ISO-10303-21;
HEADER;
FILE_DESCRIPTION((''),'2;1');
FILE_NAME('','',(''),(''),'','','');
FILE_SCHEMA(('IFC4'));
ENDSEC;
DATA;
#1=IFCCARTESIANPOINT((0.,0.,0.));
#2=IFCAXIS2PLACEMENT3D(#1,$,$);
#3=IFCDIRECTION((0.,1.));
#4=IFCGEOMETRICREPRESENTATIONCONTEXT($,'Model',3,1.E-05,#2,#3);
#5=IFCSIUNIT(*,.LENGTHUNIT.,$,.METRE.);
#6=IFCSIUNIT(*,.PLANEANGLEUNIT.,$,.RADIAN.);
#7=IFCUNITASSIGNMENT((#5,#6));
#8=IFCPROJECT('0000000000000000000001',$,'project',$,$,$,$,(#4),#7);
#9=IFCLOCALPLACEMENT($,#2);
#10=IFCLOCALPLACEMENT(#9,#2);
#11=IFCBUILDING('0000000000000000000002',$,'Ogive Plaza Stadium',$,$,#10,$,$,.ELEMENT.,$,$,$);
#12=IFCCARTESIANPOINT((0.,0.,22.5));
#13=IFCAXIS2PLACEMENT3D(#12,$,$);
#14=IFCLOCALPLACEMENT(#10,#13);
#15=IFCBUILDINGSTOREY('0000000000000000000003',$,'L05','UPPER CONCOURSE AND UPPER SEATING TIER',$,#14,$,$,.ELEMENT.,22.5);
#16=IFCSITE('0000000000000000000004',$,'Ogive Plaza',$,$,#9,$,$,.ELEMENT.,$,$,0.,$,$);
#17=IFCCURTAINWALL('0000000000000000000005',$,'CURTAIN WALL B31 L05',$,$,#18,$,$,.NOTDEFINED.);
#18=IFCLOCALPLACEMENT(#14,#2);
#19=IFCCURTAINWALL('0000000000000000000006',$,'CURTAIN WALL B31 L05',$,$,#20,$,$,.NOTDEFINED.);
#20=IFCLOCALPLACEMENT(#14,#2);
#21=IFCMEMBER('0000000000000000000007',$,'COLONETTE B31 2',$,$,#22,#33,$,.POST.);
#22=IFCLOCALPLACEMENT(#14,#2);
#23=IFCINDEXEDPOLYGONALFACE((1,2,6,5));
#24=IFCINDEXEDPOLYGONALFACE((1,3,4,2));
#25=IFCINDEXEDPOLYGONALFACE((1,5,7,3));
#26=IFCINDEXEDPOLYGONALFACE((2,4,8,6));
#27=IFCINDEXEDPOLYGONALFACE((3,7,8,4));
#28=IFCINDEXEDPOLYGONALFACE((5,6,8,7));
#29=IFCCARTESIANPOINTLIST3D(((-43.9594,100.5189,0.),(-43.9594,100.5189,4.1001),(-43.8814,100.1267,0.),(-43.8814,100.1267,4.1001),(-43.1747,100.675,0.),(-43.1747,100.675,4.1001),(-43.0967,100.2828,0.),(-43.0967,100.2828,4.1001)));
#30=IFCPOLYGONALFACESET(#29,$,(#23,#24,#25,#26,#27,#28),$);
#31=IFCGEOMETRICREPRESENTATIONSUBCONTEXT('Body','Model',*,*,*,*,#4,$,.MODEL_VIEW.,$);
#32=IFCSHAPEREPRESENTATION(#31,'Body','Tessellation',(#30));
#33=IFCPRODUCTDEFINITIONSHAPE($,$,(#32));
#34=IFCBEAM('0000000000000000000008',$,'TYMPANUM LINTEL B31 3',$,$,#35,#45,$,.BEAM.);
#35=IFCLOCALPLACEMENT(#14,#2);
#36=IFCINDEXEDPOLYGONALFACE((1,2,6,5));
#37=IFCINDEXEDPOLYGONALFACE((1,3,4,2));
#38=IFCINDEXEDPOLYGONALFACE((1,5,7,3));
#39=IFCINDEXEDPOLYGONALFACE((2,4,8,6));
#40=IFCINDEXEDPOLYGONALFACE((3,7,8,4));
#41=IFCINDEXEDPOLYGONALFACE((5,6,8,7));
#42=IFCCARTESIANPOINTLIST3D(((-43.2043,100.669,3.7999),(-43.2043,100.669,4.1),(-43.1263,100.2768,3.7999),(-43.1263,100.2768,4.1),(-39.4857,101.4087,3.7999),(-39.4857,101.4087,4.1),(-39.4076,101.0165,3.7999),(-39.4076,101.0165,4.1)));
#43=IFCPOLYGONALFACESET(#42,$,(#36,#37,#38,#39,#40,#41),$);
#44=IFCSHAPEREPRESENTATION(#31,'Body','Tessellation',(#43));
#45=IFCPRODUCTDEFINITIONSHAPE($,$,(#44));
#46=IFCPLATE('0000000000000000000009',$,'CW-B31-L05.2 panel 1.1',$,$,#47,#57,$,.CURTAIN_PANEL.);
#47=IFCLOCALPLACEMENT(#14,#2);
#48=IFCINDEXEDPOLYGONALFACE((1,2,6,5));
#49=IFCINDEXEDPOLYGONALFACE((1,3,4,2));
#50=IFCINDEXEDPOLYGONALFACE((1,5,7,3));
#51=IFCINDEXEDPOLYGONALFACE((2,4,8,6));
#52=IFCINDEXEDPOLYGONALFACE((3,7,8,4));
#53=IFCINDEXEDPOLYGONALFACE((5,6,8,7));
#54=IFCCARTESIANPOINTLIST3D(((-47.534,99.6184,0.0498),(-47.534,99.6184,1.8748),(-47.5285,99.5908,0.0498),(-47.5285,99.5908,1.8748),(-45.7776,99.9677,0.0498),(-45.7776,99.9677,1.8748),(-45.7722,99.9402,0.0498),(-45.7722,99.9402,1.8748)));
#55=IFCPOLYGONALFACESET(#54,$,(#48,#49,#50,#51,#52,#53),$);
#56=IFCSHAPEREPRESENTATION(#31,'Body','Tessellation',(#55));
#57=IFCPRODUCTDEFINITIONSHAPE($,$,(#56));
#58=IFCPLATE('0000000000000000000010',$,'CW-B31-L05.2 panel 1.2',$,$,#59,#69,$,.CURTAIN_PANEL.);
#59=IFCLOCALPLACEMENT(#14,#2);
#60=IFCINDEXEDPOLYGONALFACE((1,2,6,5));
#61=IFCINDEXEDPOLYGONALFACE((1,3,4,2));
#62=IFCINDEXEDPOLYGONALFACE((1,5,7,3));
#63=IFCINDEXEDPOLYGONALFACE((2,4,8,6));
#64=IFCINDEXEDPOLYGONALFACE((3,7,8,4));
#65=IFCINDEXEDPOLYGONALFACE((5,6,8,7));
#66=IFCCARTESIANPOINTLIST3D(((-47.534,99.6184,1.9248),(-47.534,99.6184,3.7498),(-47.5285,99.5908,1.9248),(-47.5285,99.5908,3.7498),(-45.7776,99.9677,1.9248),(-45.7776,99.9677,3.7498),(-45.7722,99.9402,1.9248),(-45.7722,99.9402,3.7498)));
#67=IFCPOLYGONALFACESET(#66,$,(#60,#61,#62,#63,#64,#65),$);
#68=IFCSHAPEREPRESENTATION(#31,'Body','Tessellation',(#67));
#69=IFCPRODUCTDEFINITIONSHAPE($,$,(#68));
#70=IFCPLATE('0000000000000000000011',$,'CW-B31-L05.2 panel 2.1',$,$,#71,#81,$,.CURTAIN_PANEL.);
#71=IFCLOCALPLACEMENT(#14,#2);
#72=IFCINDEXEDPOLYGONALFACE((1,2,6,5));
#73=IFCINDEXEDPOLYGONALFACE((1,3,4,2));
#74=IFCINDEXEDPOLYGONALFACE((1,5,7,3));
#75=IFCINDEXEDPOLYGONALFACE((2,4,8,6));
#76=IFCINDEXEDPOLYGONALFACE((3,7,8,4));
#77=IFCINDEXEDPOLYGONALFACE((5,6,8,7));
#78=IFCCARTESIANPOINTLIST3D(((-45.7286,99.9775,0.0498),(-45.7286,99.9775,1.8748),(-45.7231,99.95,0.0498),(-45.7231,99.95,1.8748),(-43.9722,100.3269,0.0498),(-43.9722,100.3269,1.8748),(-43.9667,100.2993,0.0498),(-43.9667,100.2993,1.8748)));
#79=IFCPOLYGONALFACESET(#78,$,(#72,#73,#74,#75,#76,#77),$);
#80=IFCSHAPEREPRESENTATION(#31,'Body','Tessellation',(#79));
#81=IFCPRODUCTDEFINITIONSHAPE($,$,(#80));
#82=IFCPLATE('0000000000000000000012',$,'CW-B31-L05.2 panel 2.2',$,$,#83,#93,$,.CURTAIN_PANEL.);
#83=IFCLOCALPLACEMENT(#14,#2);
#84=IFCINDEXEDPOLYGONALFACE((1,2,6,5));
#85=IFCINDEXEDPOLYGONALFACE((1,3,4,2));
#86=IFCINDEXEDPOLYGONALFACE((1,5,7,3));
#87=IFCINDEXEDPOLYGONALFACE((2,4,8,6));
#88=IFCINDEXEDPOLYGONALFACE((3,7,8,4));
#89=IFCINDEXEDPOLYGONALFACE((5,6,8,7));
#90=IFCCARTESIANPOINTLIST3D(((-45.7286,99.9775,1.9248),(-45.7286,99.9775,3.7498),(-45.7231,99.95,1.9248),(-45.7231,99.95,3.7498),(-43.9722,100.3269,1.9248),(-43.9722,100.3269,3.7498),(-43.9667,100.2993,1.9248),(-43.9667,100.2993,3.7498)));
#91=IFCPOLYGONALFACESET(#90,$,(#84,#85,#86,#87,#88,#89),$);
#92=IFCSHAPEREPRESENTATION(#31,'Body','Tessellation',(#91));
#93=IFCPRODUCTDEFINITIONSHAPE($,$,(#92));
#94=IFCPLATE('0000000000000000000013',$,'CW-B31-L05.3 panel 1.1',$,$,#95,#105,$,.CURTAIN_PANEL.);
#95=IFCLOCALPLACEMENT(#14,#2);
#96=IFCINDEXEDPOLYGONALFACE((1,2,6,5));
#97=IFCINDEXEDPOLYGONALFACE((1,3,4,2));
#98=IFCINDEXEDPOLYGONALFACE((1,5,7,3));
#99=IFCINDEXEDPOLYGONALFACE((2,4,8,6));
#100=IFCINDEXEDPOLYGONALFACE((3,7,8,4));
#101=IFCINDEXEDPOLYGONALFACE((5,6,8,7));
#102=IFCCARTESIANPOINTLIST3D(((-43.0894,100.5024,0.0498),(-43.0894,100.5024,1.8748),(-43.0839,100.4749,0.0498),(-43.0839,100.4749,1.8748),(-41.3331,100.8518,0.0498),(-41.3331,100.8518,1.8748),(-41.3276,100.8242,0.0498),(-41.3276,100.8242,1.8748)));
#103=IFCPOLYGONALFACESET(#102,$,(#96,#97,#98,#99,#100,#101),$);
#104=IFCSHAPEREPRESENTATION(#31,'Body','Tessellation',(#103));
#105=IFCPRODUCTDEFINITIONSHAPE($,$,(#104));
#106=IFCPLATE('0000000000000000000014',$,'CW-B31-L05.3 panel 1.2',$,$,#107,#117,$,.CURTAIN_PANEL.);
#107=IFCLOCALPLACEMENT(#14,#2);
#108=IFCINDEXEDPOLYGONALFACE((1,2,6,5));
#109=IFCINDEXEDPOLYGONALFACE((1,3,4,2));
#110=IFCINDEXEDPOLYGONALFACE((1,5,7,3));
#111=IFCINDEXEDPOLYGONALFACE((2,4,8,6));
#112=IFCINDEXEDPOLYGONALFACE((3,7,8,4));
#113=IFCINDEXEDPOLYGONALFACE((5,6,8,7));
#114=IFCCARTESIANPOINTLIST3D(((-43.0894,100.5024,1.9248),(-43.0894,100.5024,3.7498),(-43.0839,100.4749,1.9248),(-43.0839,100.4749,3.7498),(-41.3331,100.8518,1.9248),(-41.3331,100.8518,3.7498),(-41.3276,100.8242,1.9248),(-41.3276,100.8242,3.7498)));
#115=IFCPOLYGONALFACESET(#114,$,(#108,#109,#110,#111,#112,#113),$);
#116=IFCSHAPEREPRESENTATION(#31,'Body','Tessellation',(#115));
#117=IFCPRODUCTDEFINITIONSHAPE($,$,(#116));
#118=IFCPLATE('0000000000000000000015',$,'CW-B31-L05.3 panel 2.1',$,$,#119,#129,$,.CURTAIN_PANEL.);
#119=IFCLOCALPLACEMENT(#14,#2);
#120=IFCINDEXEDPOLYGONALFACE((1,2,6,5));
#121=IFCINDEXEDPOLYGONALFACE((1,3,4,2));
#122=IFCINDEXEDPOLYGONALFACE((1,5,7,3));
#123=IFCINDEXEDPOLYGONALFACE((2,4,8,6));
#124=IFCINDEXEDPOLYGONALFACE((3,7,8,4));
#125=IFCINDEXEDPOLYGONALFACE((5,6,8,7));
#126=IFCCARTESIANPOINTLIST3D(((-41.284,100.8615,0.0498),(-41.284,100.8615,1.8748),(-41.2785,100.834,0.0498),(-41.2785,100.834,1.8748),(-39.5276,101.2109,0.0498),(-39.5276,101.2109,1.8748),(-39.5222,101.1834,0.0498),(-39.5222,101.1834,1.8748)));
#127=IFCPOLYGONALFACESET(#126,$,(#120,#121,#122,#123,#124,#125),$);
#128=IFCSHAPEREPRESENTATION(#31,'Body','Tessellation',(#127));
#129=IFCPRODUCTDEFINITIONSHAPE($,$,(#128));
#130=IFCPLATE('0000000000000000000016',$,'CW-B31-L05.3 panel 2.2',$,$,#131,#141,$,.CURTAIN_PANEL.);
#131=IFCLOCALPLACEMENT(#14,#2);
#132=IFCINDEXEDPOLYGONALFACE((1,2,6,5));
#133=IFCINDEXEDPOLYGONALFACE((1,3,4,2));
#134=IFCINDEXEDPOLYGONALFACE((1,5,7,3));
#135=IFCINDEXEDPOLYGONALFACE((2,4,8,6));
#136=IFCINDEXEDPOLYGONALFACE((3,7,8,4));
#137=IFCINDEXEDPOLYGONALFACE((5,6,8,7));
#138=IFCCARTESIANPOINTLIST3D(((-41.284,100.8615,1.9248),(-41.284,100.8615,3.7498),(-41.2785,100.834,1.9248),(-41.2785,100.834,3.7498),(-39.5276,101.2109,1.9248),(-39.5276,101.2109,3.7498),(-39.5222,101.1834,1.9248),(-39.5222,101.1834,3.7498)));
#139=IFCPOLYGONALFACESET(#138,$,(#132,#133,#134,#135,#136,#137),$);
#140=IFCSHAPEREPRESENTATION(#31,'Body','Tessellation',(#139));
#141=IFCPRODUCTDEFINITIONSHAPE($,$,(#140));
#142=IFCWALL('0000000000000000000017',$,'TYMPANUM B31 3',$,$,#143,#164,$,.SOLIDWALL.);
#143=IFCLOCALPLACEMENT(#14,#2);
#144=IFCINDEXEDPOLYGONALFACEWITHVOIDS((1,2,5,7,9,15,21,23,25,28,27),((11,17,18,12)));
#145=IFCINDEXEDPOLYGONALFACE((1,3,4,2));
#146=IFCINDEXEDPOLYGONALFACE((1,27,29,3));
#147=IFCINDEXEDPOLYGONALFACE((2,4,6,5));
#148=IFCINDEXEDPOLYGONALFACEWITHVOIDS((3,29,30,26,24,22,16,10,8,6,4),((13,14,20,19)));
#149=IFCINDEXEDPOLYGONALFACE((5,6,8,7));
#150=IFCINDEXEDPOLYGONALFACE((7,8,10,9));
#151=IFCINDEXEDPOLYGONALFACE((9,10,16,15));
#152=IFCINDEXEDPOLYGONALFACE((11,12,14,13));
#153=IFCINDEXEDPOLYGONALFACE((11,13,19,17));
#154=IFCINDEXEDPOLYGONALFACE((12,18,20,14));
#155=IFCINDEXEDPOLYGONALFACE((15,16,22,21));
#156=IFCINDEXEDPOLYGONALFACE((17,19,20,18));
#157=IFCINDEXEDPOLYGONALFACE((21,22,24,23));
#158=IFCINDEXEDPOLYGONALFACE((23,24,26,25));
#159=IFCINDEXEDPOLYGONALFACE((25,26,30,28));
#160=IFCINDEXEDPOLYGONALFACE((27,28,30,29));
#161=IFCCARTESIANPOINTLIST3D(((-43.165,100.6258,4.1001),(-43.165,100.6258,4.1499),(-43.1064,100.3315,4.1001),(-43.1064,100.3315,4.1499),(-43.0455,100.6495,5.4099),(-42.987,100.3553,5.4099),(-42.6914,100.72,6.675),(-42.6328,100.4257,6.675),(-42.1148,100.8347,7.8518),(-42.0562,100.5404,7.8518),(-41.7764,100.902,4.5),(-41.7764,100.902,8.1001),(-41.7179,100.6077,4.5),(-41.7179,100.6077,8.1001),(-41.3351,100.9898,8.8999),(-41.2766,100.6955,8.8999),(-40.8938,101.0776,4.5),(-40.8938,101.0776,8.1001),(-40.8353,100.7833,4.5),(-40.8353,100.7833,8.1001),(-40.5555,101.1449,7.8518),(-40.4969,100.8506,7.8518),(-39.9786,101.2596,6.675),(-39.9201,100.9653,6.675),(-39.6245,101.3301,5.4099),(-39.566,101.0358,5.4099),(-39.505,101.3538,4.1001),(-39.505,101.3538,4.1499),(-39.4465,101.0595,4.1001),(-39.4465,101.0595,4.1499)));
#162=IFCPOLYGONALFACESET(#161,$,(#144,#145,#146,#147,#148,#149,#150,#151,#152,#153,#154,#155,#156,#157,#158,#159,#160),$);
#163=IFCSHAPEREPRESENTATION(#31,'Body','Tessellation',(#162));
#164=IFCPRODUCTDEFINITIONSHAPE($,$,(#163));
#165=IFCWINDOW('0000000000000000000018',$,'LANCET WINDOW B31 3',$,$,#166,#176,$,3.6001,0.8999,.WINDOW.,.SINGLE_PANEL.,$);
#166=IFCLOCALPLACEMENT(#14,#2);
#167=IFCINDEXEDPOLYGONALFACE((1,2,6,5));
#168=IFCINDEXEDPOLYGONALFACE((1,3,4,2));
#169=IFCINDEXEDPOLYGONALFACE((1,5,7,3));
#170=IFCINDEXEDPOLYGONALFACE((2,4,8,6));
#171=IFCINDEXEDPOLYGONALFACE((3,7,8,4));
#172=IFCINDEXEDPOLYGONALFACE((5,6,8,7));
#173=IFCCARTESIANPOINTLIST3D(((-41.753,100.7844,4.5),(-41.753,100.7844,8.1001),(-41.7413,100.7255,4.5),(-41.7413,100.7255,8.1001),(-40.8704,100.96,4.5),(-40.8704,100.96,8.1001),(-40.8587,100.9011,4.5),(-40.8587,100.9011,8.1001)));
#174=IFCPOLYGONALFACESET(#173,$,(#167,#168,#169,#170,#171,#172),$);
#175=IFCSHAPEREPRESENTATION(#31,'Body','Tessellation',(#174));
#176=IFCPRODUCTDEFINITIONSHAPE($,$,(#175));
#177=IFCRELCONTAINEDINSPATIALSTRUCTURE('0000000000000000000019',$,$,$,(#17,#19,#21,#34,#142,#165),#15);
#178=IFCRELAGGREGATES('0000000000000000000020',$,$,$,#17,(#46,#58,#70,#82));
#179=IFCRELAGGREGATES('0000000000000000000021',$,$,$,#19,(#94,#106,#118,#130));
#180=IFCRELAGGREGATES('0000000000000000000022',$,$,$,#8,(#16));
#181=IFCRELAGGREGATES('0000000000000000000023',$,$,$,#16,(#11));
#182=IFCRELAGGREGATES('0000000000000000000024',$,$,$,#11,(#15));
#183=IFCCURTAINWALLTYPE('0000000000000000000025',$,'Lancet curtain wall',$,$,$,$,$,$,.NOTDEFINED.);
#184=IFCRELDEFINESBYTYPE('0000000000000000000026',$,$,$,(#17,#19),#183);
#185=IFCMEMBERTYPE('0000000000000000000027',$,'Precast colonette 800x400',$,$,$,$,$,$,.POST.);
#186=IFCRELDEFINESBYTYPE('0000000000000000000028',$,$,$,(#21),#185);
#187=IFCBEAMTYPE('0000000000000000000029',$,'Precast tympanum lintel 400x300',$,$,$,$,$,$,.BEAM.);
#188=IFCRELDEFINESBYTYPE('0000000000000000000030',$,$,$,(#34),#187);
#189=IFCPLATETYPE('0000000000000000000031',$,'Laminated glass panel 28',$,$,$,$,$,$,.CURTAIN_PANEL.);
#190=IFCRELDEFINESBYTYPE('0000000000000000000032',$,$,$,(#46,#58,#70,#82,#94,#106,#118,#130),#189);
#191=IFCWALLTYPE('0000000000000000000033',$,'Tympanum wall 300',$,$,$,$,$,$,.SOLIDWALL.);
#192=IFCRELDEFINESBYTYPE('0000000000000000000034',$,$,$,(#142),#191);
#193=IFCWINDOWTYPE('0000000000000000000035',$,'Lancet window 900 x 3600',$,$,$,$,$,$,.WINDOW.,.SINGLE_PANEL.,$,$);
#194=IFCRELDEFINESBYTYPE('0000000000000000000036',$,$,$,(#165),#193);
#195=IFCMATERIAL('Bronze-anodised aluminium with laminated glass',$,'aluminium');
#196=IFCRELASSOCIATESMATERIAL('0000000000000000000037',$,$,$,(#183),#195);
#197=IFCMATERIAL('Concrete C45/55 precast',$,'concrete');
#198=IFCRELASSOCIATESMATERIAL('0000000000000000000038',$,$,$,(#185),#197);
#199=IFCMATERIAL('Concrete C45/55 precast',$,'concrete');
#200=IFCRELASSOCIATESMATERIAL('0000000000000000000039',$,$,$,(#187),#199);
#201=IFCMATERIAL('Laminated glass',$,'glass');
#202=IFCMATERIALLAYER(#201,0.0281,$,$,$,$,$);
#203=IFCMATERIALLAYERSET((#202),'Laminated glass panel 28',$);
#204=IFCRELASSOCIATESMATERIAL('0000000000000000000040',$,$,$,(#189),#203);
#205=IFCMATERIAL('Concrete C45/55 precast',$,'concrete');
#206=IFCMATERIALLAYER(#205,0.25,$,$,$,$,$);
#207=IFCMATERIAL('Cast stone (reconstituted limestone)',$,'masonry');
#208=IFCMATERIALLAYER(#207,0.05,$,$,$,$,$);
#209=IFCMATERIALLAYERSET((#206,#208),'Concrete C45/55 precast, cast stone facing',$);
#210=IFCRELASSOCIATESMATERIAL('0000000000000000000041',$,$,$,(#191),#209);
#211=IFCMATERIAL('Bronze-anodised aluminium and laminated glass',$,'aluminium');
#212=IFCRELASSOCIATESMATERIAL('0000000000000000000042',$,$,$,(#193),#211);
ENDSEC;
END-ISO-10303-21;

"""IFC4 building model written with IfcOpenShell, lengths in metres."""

from ifc_helpers import new_model, si_unit, direction, frame, frame_2d, origin, origin_2d, place, context, subcontext, project, spatial, polyline, rectangle, outline, extrude, material, layer, layer_set, material_profile, profile_set, type_object, element, fill, aggregate, save


model = new_model("IFC4")

# Units and contexts
model_context = context("Model", 3, precision=1e-05, world=origin(), true_north=direction((0.0, 1.0)))
body_context = subcontext(model_context, "Body", "Model", "MODEL_VIEW")
ifc_project = project(units=[si_unit("LENGTHUNIT", "METRE"), si_unit("PLANEANGLEUNIT", "RADIAN")], contexts=[model_context])

# Site, building, storey
site_placement = place(None, origin())
site = spatial("IfcSite", under=ifc_project, at=site_placement, Name="Ogive Plaza", CompositionType="ELEMENT", RefElevation=0.0)
building_placement = place(site_placement, origin())
building = spatial("IfcBuilding", under=site, at=building_placement, Name="Ogive Plaza Stadium", CompositionType="ELEMENT")
storey_placement = place(building_placement, frame((0.0, 0.0, 22.5)))
storey = spatial("IfcBuildingStorey", under=building, at=storey_placement, Name="L05", Description="UPPER CONCOURSE AND UPPER SEATING TIER", CompositionType="ELEMENT", Elevation=22.5)

# Curtain walls
ifc_material_1 = material(Name="Bronze-anodised aluminium with laminated glass", Category="aluminium")
curtain_wall_type = type_object("IfcCurtainWallType", Name="Lancet curtain wall", PredefinedType="NOTDEFINED", material=ifc_material_1)
curtain_wall_1_placement = place(storey_placement, origin())
curtain_wall_1 = element("IfcCurtainWall", 1, at=curtain_wall_1_placement, inside=storey, type_object=curtain_wall_type, Name="CURTAIN WALL B31 L05", PredefinedType="NOTDEFINED")
curtain_wall_2_placement = place(storey_placement, origin())
curtain_wall_2 = element("IfcCurtainWall", 2, at=curtain_wall_2_placement, inside=storey, type_object=curtain_wall_type, Name="CURTAIN WALL B31 L05", PredefinedType="NOTDEFINED")

# Member
ifc_material_2 = material(Name="Concrete C45/55 precast", Category="concrete")
ifc_material_profile_1 = material_profile(ifc_material_2, rectangle(XDim=0.3999, YDim=0.8, at=origin_2d()), Name="RC 400x800")
ifc_profile_set_1 = profile_set([ifc_material_profile_1], Name="Concrete C45/55 precast")
member_type_1 = type_object("IfcMemberType", Name="Precast colonette 800x400", PredefinedType="POST", material=ifc_profile_set_1)
member_1_placement = place(storey_placement, frame((-43.5281, 100.4009, 0.0), z_axis=(0.0, 0.0, 1.0), x_axis=(-0.19509, 0.980785, 0.0)))
element("IfcMember", 3, at=member_1_placement, inside=storey, type_object=member_type_1, Name="COLONETTE B31 2", PredefinedType="POST", context=body_context, shape_type="SweptSolid", body=[
    extrude(rectangle(XDim=0.3999, YDim=0.8, at=origin_2d()), origin(), (0.0, 0.0, 1.0), 4.1001),
])

# Beam
ifc_material_3 = material(Name="Concrete C45/55 precast", Category="concrete")
ifc_material_profile_2 = material_profile(ifc_material_3, rectangle(XDim=0.3999, YDim=0.3, at=origin_2d()), Name="RC 400x300")
ifc_profile_set_2 = profile_set([ifc_material_profile_2], Name="Concrete C45/55 precast")
beam_type = type_object("IfcBeamType", Name="Precast tympanum lintel 400x300", PredefinedType="BEAM", material=ifc_profile_set_2)
beam_placement = place(storey_placement, frame((-43.1653, 100.4729, 3.95), z_axis=(0.980783, 0.195101, 0.0), x_axis=(-0.195101, 0.980783, 0.0)))
element("IfcBeam", 4, at=beam_placement, inside=storey, type_object=beam_type, Name="TYMPANUM LINTEL B31 3", PredefinedType="BEAM", context=body_context, shape_type="SweptSolid", body=[
    extrude(rectangle(XDim=0.3999, YDim=0.3, at=origin_2d()), origin(), (0.0, 0.0, 1.0), 3.7915),
])

# Plates
ifc_material_4 = material(Name="Laminated glass", Category="glass")
ifc_layer_1 = layer(ifc_material_4, 0.0281)
ifc_layer_set_1 = layer_set([ifc_layer_1], Name="Laminated glass panel 28")
plate_type = type_object("IfcPlateType", Name="Laminated glass panel 28", PredefinedType="CURTAIN_PANEL", material=ifc_layer_set_1)
plate_1_placement = place(storey_placement, frame((-46.6531, 99.7793, 0.0498), z_axis=(0.0, 0.0, 1.0), x_axis=(0.980785, 0.19509, 0.0)))
plate_1 = element("IfcPlate", 5, at=plate_1_placement, type_object=plate_type, Name="CW-B31-L05.2 panel 1.1", PredefinedType="CURTAIN_PANEL", context=body_context, shape_type="SweptSolid", body=[
    extrude(rectangle(XDim=1.7908, YDim=0.0281, at=origin_2d()), origin(), (0.0, 0.0, 1.0), 1.825),
])
plate_2_placement = place(storey_placement, frame((-46.6531, 99.7793, 1.9248), z_axis=(0.0, 0.0, 1.0), x_axis=(0.980785, 0.19509, 0.0)))
plate_2 = element("IfcPlate", 6, at=plate_2_placement, type_object=plate_type, Name="CW-B31-L05.2 panel 1.2", PredefinedType="CURTAIN_PANEL", context=body_context, shape_type="SweptSolid", body=[
    extrude(rectangle(XDim=1.7908, YDim=0.0281, at=origin_2d()), origin(), (0.0, 0.0, 1.0), 1.825),
])
plate_3_placement = place(storey_placement, frame((-44.8477, 100.1384, 0.0498), z_axis=(0.0, 0.0, 1.0), x_axis=(0.980785, 0.19509, 0.0)))
plate_3 = element("IfcPlate", 7, at=plate_3_placement, type_object=plate_type, Name="CW-B31-L05.2 panel 2.1", PredefinedType="CURTAIN_PANEL", context=body_context, shape_type="SweptSolid", body=[
    extrude(rectangle(XDim=1.7908, YDim=0.0281, at=origin_2d()), origin(), (0.0, 0.0, 1.0), 1.825),
])
plate_4_placement = place(storey_placement, frame((-44.8477, 100.1384, 1.9248), z_axis=(0.0, 0.0, 1.0), x_axis=(0.980785, 0.19509, 0.0)))
plate_4 = element("IfcPlate", 8, at=plate_4_placement, type_object=plate_type, Name="CW-B31-L05.2 panel 2.2", PredefinedType="CURTAIN_PANEL", context=body_context, shape_type="SweptSolid", body=[
    extrude(rectangle(XDim=1.7908, YDim=0.0281, at=origin_2d()), origin(), (0.0, 0.0, 1.0), 1.825),
])
aggregate(curtain_wall_1, [plate_1, plate_2, plate_3, plate_4])
plate_5_placement = place(storey_placement, frame((-42.2085, 100.6633, 0.0498), z_axis=(0.0, 0.0, 1.0), x_axis=(0.980785, 0.19509, 0.0)))
plate_5 = element("IfcPlate", 9, at=plate_5_placement, type_object=plate_type, Name="CW-B31-L05.3 panel 1.1", PredefinedType="CURTAIN_PANEL", context=body_context, shape_type="SweptSolid", body=[
    extrude(rectangle(XDim=1.7908, YDim=0.0281, at=origin_2d()), origin(), (0.0, 0.0, 1.0), 1.825),
])
plate_6_placement = place(storey_placement, frame((-42.2085, 100.6633, 1.9248), z_axis=(0.0, 0.0, 1.0), x_axis=(0.980785, 0.19509, 0.0)))
plate_6 = element("IfcPlate", 10, at=plate_6_placement, type_object=plate_type, Name="CW-B31-L05.3 panel 1.2", PredefinedType="CURTAIN_PANEL", context=body_context, shape_type="SweptSolid", body=[
    extrude(rectangle(XDim=1.7908, YDim=0.0281, at=origin_2d()), origin(), (0.0, 0.0, 1.0), 1.825),
])
plate_7_placement = place(storey_placement, frame((-40.4031, 101.0225, 0.0498), z_axis=(0.0, 0.0, 1.0), x_axis=(0.980785, 0.19509, 0.0)))
plate_7 = element("IfcPlate", 11, at=plate_7_placement, type_object=plate_type, Name="CW-B31-L05.3 panel 2.1", PredefinedType="CURTAIN_PANEL", context=body_context, shape_type="SweptSolid", body=[
    extrude(rectangle(XDim=1.7908, YDim=0.0281, at=origin_2d()), origin(), (0.0, 0.0, 1.0), 1.825),
])
plate_8_placement = place(storey_placement, frame((-40.4031, 101.0225, 1.9248), z_axis=(0.0, 0.0, 1.0), x_axis=(0.980785, 0.19509, 0.0)))
plate_8 = element("IfcPlate", 12, at=plate_8_placement, type_object=plate_type, Name="CW-B31-L05.3 panel 2.2", PredefinedType="CURTAIN_PANEL", context=body_context, shape_type="SweptSolid", body=[
    extrude(rectangle(XDim=1.7908, YDim=0.0281, at=origin_2d()), origin(), (0.0, 0.0, 1.0), 1.825),
])
aggregate(curtain_wall_2, [plate_5, plate_6, plate_7, plate_8])

# Wall, opening, window
ifc_material_5 = material(Name="Concrete C45/55 precast", Category="concrete")
ifc_layer_2 = layer(ifc_material_5, 0.25)
ifc_material_6 = material(Name="Cast stone (reconstituted limestone)", Category="masonry")
ifc_layer_3 = layer(ifc_material_6, 0.05)
ifc_layer_set_2 = layer_set([ifc_layer_2, ifc_layer_3], Name="Concrete C45/55 precast, cast stone facing")
wall_type = type_object("IfcWallType", Name="Tympanum wall 300", PredefinedType="SOLIDWALL", material=ifc_layer_set_2)
wall_placement = place(storey_placement, frame((-43.1357, 100.4788, 4.1001), z_axis=(0.0, 0.0, 1.0), x_axis=(0.980784, 0.195097, 0.0)))
wall = element("IfcWall", 13, at=wall_placement, inside=storey, type_object=wall_type, Name="TYMPANUM B31 3", PredefinedType="SOLIDWALL", context=body_context, shape_type="SweptSolid", body=[
    extrude(outline(polyline([(0.0, 0.0), (3.7317, 0.0), (3.7317, 0.0498), (3.6099, 1.3098), (3.2488, 2.575), (2.6606, 3.7517), (1.8657, 4.7998), (1.0708, 3.7517), (0.4829, 2.575), (0.1218, 1.3098), (0.0, 0.0498), (0.0, 0.0)])), frame((0.0, 0.1499, 0.0), z_axis=(0.0, -1.0, 0.0), x_axis=(1.0, 0.0, 0.0)), (0.0, 0.0, 1.0), 0.3),
])
opening_placement = place(wall_placement, frame((1.4158, 0.0, 0.3999)))
opening = element("IfcOpeningElement", 14, at=opening_placement, cuts=wall, PredefinedType="OPENING", context=body_context, shape_type="SweptSolid", body=[
    extrude(rectangle(XDim=0.8999, YDim=3.6001, at=frame_2d((0.45, 1.8))), frame((0.0, 0.1602, 0.0), z_axis=(0.0, -1.0, 0.0), x_axis=(1.0, 0.0, 0.0)), (0.0, 0.0, 1.0), 0.3201),
])
ifc_material_7 = material(Name="Bronze-anodised aluminium and laminated glass", Category="aluminium")
window_type = type_object("IfcWindowType", Name="Lancet window 900 x 3600", PartitioningType="SINGLE_PANEL", PredefinedType="WINDOW", material=ifc_material_7)
window_placement = place(opening_placement, origin())
window = element("IfcWindow", 15, at=window_placement, inside=storey, type_object=window_type, Name="LANCET WINDOW B31 3", OverallHeight=3.6001, OverallWidth=0.8999, PartitioningType="SINGLE_PANEL", PredefinedType="WINDOW", context=body_context, shape_type="SweptSolid", body=[
    extrude(rectangle(XDim=0.8999, YDim=3.6001, at=frame_2d((0.45, 1.8))), frame((0.0, 0.03, 0.0), z_axis=(0.0, -1.0, 0.0), x_axis=(1.0, 0.0, 0.0)), (0.0, 0.0, 1.0), 0.0601),
])
fill(opening, window)

save(model, "model.ifc")
